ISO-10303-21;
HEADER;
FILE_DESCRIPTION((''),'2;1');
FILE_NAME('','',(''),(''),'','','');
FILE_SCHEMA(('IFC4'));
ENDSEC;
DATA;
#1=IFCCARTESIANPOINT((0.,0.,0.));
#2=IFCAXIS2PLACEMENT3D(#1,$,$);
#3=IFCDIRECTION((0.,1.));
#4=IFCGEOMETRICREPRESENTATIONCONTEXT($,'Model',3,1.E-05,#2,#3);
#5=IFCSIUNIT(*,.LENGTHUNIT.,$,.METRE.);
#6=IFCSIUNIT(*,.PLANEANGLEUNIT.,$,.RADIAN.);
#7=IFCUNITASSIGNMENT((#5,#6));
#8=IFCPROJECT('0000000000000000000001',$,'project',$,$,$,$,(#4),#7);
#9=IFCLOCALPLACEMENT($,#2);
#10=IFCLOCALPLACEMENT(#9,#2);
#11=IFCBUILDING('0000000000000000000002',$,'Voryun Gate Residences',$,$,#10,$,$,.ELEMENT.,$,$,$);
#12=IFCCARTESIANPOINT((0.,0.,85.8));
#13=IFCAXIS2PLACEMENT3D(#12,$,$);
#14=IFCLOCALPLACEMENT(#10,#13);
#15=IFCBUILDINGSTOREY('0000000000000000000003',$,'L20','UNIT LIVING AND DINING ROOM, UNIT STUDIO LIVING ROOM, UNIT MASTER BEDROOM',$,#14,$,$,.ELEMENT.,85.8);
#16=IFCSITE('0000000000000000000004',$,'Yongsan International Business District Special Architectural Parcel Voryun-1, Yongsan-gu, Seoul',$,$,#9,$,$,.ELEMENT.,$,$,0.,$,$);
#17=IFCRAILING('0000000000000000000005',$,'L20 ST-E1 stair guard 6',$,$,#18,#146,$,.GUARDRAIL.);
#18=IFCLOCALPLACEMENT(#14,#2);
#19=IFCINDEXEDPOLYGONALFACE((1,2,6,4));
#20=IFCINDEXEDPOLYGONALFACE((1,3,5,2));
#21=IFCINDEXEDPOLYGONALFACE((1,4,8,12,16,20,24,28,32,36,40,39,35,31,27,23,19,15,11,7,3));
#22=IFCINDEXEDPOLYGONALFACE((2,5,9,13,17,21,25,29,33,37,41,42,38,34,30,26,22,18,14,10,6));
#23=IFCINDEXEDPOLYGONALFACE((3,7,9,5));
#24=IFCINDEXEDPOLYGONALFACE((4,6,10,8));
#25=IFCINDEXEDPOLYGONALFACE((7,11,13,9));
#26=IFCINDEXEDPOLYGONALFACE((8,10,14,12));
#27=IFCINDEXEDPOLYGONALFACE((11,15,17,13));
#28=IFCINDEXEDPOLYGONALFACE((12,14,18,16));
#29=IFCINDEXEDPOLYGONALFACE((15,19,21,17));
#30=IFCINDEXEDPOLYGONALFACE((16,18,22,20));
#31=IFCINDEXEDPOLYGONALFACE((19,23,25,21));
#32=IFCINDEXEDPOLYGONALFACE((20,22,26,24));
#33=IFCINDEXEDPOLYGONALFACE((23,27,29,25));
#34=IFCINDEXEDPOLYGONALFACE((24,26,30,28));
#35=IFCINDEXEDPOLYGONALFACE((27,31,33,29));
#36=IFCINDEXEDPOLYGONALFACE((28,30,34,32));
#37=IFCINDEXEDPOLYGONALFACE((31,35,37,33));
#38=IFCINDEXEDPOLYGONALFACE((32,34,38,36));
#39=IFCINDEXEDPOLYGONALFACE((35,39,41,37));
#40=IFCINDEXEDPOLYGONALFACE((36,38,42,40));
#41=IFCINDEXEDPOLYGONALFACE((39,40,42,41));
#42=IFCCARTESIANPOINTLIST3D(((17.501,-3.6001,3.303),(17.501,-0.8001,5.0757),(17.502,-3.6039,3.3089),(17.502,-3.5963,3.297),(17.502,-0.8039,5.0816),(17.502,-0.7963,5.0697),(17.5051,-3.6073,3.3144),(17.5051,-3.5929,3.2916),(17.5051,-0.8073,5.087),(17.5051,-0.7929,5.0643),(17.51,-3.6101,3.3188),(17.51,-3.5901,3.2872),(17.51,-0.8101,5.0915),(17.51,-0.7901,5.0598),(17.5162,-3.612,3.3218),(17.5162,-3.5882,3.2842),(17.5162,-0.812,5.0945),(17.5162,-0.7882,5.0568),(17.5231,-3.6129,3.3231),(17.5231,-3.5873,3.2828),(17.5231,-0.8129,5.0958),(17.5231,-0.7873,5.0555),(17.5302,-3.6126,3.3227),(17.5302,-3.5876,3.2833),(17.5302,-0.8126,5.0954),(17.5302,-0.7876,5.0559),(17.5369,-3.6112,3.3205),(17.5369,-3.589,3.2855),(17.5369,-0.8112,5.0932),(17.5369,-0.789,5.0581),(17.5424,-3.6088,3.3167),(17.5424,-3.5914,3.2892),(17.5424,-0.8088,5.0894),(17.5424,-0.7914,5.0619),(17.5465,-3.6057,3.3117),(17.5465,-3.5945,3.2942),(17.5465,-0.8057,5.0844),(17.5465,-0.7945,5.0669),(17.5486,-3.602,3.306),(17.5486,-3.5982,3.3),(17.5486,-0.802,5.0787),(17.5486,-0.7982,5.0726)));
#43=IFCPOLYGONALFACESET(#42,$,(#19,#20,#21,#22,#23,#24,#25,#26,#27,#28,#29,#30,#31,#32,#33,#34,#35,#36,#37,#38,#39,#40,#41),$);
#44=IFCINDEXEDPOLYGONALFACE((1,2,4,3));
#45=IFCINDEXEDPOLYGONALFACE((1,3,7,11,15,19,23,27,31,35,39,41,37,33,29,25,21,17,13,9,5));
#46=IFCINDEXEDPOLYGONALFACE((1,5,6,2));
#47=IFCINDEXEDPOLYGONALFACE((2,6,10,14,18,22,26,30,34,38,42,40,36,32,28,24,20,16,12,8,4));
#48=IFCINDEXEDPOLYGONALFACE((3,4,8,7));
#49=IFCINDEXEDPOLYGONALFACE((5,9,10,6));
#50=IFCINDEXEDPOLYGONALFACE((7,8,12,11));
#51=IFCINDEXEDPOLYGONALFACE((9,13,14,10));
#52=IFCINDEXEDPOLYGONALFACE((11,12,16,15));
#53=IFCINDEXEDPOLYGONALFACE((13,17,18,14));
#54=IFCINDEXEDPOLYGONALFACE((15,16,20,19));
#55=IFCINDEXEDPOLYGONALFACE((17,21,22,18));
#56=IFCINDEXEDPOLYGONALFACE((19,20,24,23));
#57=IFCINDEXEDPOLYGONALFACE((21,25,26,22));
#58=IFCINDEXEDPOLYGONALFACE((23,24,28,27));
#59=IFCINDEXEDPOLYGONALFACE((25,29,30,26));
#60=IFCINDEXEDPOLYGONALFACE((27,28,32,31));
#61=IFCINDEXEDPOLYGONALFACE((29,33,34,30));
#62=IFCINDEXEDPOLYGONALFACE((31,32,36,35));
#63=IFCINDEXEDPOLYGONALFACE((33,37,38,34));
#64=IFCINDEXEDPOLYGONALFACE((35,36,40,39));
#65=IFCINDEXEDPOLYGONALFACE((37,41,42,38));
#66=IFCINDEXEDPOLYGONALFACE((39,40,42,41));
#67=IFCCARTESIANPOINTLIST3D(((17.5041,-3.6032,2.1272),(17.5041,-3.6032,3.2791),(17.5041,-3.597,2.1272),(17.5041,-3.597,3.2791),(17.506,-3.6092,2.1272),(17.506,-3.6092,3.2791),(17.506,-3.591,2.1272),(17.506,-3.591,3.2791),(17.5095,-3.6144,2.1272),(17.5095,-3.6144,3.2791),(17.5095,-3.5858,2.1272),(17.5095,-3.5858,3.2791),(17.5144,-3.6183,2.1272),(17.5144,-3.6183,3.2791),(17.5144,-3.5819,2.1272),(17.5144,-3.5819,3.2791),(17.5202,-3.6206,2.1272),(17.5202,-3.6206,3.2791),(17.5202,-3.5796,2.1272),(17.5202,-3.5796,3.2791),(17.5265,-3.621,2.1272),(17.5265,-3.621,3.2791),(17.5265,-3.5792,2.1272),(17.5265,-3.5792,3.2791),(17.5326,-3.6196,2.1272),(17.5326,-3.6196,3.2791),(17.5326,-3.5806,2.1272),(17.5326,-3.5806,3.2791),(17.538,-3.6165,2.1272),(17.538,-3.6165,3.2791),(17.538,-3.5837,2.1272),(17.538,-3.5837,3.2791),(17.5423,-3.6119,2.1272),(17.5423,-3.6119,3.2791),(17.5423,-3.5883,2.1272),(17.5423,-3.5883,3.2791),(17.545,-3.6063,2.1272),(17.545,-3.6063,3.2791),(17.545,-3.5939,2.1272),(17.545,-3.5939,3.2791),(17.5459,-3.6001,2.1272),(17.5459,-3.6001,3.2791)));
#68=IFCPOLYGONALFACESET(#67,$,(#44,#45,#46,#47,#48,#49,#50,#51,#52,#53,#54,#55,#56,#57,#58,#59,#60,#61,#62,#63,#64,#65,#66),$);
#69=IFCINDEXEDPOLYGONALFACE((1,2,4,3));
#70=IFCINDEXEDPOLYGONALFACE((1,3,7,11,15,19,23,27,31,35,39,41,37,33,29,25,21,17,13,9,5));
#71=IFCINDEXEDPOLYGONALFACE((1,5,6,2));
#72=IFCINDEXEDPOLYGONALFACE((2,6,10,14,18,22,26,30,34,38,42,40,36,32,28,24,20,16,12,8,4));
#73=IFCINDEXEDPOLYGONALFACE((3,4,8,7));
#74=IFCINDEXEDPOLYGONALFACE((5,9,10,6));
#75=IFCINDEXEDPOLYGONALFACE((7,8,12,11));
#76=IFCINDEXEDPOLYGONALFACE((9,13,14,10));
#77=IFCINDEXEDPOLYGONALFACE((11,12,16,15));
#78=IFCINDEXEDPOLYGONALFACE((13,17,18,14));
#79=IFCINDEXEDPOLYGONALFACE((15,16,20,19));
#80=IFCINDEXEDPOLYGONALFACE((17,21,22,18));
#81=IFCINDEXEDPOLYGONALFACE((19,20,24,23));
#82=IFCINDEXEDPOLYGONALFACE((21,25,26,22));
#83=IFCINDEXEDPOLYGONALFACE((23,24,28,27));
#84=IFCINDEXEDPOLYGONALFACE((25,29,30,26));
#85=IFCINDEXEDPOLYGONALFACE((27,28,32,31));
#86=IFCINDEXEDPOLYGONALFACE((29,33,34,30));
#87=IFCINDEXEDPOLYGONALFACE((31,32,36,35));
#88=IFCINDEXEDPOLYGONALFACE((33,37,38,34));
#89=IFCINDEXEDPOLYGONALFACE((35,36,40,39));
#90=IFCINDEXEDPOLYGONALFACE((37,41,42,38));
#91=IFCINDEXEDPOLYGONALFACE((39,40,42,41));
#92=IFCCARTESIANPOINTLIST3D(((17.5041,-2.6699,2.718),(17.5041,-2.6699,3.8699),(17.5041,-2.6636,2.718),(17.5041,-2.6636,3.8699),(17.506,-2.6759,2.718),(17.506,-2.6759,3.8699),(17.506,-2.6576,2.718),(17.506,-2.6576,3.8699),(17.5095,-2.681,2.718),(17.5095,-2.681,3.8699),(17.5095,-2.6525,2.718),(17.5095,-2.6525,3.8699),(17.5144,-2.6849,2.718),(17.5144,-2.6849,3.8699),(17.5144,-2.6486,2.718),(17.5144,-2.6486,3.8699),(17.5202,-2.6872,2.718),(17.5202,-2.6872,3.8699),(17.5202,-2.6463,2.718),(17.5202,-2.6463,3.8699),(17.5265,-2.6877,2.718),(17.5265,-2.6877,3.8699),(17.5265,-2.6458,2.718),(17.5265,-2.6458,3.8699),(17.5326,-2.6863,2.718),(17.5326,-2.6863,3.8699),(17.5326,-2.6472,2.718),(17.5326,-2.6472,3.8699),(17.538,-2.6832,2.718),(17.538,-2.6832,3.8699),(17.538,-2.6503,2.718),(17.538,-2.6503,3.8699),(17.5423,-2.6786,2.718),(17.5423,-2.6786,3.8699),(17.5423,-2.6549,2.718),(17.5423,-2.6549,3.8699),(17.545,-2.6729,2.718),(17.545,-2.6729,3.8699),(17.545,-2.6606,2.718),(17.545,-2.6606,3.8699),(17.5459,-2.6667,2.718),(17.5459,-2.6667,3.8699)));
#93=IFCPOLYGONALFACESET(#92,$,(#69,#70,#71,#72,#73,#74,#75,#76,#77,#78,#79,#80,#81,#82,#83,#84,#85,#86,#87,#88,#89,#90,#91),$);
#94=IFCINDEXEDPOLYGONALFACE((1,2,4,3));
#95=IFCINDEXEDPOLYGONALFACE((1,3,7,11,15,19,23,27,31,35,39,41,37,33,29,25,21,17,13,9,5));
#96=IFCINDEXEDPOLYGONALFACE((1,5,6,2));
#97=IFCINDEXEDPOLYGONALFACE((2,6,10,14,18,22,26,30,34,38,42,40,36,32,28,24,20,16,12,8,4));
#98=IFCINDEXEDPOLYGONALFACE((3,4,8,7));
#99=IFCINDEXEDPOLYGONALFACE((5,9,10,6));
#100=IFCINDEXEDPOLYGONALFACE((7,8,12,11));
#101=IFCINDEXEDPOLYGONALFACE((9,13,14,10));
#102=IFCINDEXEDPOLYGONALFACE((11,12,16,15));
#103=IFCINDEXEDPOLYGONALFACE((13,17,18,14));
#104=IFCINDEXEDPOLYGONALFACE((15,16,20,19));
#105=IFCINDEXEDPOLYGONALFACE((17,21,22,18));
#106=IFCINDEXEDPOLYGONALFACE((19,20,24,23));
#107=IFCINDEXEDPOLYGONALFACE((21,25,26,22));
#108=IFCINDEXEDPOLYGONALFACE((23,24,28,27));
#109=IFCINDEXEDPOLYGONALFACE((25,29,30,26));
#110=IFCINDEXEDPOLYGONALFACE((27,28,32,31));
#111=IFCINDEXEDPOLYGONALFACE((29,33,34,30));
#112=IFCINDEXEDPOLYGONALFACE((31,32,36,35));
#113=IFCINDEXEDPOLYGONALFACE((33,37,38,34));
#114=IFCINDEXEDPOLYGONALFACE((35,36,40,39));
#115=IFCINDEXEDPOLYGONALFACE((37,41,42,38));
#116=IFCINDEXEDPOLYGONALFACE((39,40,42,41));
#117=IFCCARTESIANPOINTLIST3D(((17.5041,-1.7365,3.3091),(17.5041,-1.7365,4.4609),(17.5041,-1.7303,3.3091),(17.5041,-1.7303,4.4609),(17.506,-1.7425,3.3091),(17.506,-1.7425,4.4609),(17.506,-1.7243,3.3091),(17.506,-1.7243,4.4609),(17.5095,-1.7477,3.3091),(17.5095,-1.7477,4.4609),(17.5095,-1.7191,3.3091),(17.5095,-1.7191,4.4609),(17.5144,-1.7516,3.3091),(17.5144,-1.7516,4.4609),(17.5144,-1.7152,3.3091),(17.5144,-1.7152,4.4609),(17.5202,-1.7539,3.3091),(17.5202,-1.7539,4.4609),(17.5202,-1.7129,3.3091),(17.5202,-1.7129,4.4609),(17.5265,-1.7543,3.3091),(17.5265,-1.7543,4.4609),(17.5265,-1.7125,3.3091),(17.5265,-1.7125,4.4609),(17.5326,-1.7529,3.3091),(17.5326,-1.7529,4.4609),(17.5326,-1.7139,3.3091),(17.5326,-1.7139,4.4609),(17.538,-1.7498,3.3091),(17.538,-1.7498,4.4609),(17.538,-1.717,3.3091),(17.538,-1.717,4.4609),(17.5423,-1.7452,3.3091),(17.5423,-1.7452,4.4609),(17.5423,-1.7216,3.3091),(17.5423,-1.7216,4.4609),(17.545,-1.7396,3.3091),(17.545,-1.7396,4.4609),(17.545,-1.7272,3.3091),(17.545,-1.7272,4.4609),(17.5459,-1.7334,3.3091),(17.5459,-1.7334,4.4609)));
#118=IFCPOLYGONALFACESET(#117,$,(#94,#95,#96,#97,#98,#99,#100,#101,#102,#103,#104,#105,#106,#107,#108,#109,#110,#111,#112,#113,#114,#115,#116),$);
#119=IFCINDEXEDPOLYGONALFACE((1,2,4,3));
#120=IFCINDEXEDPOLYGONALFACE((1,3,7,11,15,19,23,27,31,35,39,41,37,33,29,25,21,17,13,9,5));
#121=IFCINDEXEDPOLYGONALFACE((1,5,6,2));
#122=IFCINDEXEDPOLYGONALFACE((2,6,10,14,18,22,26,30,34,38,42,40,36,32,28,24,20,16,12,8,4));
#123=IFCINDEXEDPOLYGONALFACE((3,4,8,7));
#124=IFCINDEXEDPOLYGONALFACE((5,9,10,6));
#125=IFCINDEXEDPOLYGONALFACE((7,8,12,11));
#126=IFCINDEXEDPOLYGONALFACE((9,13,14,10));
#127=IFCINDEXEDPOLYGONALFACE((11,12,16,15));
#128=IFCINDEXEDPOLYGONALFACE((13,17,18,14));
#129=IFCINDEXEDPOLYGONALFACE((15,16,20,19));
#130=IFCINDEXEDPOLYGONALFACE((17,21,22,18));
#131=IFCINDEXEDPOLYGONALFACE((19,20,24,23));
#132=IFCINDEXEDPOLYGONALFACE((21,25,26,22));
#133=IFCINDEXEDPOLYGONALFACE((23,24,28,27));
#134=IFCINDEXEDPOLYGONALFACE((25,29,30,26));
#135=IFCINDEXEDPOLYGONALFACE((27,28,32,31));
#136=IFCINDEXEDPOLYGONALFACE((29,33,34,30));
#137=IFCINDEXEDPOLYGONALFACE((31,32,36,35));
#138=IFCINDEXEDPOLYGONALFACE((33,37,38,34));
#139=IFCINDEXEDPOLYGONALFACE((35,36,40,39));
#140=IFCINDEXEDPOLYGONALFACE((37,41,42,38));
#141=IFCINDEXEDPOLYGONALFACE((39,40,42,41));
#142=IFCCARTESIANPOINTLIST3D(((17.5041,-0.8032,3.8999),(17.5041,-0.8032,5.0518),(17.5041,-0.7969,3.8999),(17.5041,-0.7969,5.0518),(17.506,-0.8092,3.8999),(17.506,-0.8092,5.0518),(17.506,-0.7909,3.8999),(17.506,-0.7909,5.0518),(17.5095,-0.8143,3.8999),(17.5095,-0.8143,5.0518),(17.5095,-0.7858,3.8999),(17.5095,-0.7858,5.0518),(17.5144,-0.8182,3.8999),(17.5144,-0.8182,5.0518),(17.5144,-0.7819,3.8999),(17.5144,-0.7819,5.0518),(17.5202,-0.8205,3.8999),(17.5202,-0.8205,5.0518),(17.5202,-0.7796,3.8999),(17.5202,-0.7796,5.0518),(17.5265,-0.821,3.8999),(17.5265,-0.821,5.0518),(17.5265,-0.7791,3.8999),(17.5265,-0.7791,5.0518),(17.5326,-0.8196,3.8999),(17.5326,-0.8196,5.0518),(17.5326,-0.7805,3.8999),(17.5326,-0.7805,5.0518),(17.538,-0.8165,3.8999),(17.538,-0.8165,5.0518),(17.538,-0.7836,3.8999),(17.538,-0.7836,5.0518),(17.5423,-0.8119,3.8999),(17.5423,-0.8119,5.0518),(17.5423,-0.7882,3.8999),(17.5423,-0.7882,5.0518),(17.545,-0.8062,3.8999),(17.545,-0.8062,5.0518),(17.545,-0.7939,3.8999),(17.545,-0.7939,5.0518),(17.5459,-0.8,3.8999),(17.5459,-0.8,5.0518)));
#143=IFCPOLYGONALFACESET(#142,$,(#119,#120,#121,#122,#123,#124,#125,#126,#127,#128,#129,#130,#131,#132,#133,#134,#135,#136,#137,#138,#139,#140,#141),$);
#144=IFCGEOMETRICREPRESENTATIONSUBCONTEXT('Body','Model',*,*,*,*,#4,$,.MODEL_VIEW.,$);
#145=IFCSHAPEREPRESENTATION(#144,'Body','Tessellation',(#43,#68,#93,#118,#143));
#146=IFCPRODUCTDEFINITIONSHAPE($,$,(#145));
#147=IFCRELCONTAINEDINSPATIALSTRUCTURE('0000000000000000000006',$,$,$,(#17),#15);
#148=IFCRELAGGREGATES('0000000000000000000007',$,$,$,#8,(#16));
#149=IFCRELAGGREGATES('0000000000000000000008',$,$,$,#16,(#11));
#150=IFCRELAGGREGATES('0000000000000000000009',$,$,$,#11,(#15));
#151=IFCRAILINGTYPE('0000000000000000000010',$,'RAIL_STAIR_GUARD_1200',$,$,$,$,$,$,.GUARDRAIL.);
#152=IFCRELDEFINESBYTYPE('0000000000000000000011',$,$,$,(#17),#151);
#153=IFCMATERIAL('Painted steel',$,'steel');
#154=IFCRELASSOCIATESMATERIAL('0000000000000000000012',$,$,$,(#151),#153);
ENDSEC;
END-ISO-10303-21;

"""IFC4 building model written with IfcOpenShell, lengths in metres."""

from ifc_helpers import new_model, si_unit, direction, frame, origin, origin_2d, place, context, subcontext, project, spatial, circle, extrude, material, type_object, element, save


model = new_model("IFC4")

# Units and contexts
model_context = context("Model", 3, precision=1e-05, world=origin(), true_north=direction((0.0, 1.0)))
body_context = subcontext(model_context, "Body", "Model", "MODEL_VIEW")
ifc_project = project(units=[si_unit("LENGTHUNIT", "METRE"), si_unit("PLANEANGLEUNIT", "RADIAN")], contexts=[model_context])

# Site, building, storey
site_placement = place(None, origin())
site = spatial("IfcSite", under=ifc_project, at=site_placement, Name="Yongsan International Business District Special Architectural Parcel Voryun-1, Yongsan-gu, Seoul", CompositionType="ELEMENT", RefElevation=0.0)
building_placement = place(site_placement, origin())
building = spatial("IfcBuilding", under=site, at=building_placement, Name="Voryun Gate Residences", CompositionType="ELEMENT")
storey_placement = place(building_placement, frame((0.0, 0.0, 85.8)))
storey = spatial("IfcBuildingStorey", under=building, at=storey_placement, Name="L20", Description="UNIT LIVING AND DINING ROOM, UNIT STUDIO LIVING ROOM, UNIT MASTER BEDROOM", CompositionType="ELEMENT", Elevation=85.8)

# Railing
ifc_material_1 = material(Name="Painted steel", Category="steel")
railing_type_1 = type_object("IfcRailingType", Name="RAIL_STAIR_GUARD_1200", PredefinedType="GUARDRAIL", material=ifc_material_1)
railing_1_placement = place(storey_placement, frame((17.5249, -3.6001, 2.1272)))
element("IfcRailing", 1, at=railing_1_placement, inside=storey, type_object=railing_type_1, Name="L20 ST-E1 stair guard 6", PredefinedType="GUARDRAIL", context=body_context, shape_type="SweptSolid", body=[
    extrude(circle(Radius=0.0239, at=origin_2d()), frame((0.0, 0.0, 1.1758), z_axis=(0.0, 0.844909, 0.53491), x_axis=(-1.0, 0.0, 0.0)), (0.0, 0.0, 1.0), 3.314),
    extrude(circle(Radius=0.021, at=origin_2d()), origin(), (0.0, 0.0, 1.0), 1.1519),
    extrude(circle(Radius=0.021, at=origin_2d()), frame((0.0, 0.9333, 0.5908)), (0.0, 0.0, 1.0), 1.1519),
    extrude(circle(Radius=0.021, at=origin_2d()), frame((0.0, 1.8667, 1.1819)), (0.0, 0.0, 1.0), 1.1519),
    extrude(circle(Radius=0.021, at=origin_2d()), frame((0.0, 2.8, 1.7727)), (0.0, 0.0, 1.0), 1.1519),
])

save(model, "model.ifc")
